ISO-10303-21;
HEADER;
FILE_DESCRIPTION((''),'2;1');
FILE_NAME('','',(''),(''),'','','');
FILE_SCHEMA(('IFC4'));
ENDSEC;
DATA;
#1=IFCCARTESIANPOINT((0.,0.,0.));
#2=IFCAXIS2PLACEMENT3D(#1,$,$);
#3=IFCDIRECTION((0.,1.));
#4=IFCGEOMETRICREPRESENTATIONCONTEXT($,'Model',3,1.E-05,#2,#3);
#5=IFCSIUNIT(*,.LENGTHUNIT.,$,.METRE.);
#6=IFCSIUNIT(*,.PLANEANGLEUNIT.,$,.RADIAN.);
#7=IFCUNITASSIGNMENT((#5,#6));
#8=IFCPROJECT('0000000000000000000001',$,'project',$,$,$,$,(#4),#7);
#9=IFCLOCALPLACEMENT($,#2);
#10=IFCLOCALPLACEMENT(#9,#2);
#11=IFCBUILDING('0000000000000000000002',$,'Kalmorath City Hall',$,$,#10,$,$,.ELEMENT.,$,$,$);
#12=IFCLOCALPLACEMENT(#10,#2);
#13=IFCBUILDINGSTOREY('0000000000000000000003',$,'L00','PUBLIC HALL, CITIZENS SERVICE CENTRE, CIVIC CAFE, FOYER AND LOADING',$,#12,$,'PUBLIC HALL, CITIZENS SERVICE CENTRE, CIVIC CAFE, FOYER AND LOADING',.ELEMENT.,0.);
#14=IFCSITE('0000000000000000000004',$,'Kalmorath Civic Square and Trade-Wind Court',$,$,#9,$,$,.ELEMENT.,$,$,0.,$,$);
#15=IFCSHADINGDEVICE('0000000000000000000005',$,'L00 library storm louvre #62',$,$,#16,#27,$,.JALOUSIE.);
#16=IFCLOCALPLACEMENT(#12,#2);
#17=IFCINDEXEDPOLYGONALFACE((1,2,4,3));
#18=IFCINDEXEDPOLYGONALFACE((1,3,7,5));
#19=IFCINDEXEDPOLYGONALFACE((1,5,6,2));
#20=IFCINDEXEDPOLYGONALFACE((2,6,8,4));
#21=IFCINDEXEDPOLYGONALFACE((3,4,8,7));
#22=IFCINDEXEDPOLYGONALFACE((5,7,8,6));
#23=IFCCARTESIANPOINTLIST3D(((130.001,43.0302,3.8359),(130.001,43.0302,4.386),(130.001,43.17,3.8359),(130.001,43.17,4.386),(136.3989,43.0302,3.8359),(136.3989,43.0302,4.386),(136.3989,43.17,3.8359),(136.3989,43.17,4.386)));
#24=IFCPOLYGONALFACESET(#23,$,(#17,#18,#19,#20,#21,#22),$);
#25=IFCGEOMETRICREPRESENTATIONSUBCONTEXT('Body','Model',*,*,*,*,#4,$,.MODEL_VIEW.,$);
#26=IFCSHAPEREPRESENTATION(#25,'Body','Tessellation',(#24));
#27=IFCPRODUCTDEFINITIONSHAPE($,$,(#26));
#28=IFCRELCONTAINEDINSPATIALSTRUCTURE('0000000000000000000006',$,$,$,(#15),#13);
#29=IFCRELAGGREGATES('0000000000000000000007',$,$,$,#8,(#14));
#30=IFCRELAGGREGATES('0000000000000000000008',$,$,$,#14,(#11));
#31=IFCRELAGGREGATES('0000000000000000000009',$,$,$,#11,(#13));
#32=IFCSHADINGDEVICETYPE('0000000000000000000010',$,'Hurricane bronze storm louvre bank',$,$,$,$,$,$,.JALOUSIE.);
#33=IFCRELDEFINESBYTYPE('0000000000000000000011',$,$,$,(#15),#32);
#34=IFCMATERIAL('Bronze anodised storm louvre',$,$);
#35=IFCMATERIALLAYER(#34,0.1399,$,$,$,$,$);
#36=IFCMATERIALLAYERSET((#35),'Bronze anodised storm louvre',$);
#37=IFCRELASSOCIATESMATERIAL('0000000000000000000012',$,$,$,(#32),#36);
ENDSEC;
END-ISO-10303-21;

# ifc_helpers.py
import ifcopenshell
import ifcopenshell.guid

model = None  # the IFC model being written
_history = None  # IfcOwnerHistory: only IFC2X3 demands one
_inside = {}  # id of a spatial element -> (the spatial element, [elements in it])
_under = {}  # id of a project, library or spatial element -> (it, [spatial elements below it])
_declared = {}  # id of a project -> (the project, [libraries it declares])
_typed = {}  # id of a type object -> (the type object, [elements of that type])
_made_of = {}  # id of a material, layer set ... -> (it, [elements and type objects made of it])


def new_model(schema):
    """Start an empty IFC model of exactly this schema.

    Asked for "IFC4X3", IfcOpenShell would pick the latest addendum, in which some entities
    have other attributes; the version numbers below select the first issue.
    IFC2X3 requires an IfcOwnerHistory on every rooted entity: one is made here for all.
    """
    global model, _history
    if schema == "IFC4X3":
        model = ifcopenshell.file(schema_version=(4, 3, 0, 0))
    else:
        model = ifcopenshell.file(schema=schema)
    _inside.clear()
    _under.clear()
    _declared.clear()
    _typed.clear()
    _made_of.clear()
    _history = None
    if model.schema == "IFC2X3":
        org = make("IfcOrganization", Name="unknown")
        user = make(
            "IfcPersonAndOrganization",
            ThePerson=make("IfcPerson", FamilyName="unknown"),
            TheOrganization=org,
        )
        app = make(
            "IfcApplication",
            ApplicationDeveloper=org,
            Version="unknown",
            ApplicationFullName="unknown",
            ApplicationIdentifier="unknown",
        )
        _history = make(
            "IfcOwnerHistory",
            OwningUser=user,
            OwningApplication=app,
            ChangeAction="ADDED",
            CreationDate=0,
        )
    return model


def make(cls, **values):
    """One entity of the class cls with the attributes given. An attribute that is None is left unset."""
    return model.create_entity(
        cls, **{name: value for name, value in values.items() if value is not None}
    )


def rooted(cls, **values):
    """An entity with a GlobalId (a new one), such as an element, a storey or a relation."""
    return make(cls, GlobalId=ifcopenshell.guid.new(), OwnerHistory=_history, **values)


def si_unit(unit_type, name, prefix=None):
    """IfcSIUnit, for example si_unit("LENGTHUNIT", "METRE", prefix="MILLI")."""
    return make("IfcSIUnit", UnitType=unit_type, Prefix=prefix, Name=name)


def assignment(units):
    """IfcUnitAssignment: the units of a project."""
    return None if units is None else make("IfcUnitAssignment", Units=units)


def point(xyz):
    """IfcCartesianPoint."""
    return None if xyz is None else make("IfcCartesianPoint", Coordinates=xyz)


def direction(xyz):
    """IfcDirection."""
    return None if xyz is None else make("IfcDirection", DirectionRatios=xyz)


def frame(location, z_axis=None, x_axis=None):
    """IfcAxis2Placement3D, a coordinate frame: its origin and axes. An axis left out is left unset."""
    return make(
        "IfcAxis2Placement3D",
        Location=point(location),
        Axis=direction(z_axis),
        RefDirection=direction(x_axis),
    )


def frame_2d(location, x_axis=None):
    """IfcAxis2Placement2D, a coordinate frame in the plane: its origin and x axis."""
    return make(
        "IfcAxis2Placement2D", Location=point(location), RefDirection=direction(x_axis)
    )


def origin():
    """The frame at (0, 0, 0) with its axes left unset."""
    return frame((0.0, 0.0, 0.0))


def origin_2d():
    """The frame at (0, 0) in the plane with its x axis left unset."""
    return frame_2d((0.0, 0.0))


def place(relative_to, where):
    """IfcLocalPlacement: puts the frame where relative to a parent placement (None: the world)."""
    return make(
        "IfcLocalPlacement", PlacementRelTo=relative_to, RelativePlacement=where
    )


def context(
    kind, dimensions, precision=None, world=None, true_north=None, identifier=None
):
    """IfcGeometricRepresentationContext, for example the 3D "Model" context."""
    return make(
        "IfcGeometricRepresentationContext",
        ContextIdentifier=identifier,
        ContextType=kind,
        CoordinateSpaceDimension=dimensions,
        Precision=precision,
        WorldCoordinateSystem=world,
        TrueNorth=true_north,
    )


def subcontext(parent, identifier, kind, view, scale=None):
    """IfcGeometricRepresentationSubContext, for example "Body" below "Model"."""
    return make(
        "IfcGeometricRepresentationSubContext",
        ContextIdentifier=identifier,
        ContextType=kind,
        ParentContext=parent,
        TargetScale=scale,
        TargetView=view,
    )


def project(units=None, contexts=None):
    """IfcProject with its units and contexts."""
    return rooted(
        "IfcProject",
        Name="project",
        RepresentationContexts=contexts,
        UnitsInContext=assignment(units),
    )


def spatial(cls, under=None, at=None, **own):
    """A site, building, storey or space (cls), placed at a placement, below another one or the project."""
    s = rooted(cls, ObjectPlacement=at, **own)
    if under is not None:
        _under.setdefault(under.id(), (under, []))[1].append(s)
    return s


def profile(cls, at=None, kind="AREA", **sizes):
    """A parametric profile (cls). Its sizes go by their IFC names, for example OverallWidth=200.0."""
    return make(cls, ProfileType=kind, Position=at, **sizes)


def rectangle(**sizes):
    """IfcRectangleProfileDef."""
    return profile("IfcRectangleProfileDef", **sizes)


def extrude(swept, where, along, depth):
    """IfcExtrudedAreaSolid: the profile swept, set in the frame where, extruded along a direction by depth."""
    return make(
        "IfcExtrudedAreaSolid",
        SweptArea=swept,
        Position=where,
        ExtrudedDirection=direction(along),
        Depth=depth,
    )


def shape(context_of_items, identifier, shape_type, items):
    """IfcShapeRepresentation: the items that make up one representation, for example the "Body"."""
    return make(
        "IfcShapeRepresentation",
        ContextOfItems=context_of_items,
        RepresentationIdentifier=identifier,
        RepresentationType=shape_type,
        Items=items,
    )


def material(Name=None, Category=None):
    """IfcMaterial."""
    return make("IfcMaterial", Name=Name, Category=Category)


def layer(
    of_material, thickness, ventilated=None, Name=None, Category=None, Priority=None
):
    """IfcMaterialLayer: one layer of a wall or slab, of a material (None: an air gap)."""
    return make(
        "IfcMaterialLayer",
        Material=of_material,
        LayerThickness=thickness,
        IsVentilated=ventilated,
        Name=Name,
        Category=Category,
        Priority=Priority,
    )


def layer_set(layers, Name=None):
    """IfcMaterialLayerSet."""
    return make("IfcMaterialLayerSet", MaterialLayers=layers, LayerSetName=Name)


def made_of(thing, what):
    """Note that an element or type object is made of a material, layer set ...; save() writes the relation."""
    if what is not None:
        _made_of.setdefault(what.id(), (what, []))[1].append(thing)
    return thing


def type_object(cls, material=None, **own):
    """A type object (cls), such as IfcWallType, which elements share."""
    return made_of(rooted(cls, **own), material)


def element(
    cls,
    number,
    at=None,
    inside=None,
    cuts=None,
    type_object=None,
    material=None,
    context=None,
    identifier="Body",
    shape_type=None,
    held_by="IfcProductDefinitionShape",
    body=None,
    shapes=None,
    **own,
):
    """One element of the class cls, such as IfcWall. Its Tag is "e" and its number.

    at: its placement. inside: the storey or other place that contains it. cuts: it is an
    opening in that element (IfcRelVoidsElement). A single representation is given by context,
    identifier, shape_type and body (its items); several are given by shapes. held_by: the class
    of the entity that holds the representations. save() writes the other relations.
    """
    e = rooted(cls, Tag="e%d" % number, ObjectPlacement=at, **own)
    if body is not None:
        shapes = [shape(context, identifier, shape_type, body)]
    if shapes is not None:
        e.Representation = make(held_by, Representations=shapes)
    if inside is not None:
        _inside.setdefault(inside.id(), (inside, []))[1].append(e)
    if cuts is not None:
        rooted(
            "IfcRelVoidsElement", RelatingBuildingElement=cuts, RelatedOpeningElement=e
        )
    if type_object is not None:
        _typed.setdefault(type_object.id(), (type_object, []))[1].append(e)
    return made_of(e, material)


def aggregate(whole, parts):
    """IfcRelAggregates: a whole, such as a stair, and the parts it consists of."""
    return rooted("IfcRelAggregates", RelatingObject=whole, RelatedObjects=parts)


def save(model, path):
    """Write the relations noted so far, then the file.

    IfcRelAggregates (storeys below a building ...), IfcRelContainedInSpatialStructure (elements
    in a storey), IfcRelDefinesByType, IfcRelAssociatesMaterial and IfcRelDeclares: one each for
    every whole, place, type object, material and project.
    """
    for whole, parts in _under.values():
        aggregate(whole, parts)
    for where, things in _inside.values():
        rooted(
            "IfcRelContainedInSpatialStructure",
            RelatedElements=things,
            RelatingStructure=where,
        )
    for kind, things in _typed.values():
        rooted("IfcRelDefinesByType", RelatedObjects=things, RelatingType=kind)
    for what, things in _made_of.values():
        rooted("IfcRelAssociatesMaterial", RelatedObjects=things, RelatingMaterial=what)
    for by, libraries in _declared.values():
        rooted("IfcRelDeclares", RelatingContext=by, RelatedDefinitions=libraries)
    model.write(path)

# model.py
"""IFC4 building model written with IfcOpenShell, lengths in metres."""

from ifc_helpers import new_model, si_unit, direction, frame, origin, origin_2d, place, context, subcontext, project, spatial, rectangle, extrude, material, layer, layer_set, type_object, element, save


model = new_model("IFC4")

# Units and contexts
model_context = context("Model", 3, precision=1e-05, world=origin(), true_north=direction((0.0, 1.0)))
body_context = subcontext(model_context, "Body", "Model", "MODEL_VIEW")
ifc_project = project(units=[si_unit("LENGTHUNIT", "METRE"), si_unit("PLANEANGLEUNIT", "RADIAN")], contexts=[model_context])

# Site, building, storey
site_placement = place(None, origin())
site = spatial("IfcSite", under=ifc_project, at=site_placement, Name="Kalmorath Civic Square and Trade-Wind Court", CompositionType="ELEMENT", RefElevation=0.0)
building_placement = place(site_placement, origin())
building = spatial("IfcBuilding", under=site, at=building_placement, Name="Kalmorath City Hall", CompositionType="ELEMENT")
storey_placement = place(building_placement, origin())
storey = spatial("IfcBuildingStorey", under=building, at=storey_placement, Name="L00", Description="PUBLIC HALL, CITIZENS SERVICE CENTRE, CIVIC CAFE, FOYER AND LOADING", LongName="PUBLIC HALL, CITIZENS SERVICE CENTRE, CIVIC CAFE, FOYER AND LOADING", CompositionType="ELEMENT", Elevation=0.0)

# Shading device
ifc_material_1 = material(Name="Bronze anodised storm louvre")
ifc_layer_1 = layer(ifc_material_1, 0.1399)
ifc_layer_set_1 = layer_set([ifc_layer_1], Name="Bronze anodised storm louvre")
shading_device_type = type_object("IfcShadingDeviceType", Name="Hurricane bronze storm louvre bank", PredefinedType="JALOUSIE", material=ifc_layer_set_1)
shading_device_placement = place(storey_placement, frame((133.2, 43.1001, 3.8359), z_axis=(0.0, 0.0, 1.0), x_axis=(1.0, 0.0, 0.0)))
element("IfcShadingDevice", 1, at=shading_device_placement, inside=storey, type_object=shading_device_type, Name="L00 library storm louvre #62", PredefinedType="JALOUSIE", context=body_context, shape_type="SweptSolid", body=[
    extrude(rectangle(XDim=6.3979, YDim=0.1399, at=origin_2d()), origin(), (0.0, 0.0, 1.0), 0.55),
])

save(model, "model.ifc")
